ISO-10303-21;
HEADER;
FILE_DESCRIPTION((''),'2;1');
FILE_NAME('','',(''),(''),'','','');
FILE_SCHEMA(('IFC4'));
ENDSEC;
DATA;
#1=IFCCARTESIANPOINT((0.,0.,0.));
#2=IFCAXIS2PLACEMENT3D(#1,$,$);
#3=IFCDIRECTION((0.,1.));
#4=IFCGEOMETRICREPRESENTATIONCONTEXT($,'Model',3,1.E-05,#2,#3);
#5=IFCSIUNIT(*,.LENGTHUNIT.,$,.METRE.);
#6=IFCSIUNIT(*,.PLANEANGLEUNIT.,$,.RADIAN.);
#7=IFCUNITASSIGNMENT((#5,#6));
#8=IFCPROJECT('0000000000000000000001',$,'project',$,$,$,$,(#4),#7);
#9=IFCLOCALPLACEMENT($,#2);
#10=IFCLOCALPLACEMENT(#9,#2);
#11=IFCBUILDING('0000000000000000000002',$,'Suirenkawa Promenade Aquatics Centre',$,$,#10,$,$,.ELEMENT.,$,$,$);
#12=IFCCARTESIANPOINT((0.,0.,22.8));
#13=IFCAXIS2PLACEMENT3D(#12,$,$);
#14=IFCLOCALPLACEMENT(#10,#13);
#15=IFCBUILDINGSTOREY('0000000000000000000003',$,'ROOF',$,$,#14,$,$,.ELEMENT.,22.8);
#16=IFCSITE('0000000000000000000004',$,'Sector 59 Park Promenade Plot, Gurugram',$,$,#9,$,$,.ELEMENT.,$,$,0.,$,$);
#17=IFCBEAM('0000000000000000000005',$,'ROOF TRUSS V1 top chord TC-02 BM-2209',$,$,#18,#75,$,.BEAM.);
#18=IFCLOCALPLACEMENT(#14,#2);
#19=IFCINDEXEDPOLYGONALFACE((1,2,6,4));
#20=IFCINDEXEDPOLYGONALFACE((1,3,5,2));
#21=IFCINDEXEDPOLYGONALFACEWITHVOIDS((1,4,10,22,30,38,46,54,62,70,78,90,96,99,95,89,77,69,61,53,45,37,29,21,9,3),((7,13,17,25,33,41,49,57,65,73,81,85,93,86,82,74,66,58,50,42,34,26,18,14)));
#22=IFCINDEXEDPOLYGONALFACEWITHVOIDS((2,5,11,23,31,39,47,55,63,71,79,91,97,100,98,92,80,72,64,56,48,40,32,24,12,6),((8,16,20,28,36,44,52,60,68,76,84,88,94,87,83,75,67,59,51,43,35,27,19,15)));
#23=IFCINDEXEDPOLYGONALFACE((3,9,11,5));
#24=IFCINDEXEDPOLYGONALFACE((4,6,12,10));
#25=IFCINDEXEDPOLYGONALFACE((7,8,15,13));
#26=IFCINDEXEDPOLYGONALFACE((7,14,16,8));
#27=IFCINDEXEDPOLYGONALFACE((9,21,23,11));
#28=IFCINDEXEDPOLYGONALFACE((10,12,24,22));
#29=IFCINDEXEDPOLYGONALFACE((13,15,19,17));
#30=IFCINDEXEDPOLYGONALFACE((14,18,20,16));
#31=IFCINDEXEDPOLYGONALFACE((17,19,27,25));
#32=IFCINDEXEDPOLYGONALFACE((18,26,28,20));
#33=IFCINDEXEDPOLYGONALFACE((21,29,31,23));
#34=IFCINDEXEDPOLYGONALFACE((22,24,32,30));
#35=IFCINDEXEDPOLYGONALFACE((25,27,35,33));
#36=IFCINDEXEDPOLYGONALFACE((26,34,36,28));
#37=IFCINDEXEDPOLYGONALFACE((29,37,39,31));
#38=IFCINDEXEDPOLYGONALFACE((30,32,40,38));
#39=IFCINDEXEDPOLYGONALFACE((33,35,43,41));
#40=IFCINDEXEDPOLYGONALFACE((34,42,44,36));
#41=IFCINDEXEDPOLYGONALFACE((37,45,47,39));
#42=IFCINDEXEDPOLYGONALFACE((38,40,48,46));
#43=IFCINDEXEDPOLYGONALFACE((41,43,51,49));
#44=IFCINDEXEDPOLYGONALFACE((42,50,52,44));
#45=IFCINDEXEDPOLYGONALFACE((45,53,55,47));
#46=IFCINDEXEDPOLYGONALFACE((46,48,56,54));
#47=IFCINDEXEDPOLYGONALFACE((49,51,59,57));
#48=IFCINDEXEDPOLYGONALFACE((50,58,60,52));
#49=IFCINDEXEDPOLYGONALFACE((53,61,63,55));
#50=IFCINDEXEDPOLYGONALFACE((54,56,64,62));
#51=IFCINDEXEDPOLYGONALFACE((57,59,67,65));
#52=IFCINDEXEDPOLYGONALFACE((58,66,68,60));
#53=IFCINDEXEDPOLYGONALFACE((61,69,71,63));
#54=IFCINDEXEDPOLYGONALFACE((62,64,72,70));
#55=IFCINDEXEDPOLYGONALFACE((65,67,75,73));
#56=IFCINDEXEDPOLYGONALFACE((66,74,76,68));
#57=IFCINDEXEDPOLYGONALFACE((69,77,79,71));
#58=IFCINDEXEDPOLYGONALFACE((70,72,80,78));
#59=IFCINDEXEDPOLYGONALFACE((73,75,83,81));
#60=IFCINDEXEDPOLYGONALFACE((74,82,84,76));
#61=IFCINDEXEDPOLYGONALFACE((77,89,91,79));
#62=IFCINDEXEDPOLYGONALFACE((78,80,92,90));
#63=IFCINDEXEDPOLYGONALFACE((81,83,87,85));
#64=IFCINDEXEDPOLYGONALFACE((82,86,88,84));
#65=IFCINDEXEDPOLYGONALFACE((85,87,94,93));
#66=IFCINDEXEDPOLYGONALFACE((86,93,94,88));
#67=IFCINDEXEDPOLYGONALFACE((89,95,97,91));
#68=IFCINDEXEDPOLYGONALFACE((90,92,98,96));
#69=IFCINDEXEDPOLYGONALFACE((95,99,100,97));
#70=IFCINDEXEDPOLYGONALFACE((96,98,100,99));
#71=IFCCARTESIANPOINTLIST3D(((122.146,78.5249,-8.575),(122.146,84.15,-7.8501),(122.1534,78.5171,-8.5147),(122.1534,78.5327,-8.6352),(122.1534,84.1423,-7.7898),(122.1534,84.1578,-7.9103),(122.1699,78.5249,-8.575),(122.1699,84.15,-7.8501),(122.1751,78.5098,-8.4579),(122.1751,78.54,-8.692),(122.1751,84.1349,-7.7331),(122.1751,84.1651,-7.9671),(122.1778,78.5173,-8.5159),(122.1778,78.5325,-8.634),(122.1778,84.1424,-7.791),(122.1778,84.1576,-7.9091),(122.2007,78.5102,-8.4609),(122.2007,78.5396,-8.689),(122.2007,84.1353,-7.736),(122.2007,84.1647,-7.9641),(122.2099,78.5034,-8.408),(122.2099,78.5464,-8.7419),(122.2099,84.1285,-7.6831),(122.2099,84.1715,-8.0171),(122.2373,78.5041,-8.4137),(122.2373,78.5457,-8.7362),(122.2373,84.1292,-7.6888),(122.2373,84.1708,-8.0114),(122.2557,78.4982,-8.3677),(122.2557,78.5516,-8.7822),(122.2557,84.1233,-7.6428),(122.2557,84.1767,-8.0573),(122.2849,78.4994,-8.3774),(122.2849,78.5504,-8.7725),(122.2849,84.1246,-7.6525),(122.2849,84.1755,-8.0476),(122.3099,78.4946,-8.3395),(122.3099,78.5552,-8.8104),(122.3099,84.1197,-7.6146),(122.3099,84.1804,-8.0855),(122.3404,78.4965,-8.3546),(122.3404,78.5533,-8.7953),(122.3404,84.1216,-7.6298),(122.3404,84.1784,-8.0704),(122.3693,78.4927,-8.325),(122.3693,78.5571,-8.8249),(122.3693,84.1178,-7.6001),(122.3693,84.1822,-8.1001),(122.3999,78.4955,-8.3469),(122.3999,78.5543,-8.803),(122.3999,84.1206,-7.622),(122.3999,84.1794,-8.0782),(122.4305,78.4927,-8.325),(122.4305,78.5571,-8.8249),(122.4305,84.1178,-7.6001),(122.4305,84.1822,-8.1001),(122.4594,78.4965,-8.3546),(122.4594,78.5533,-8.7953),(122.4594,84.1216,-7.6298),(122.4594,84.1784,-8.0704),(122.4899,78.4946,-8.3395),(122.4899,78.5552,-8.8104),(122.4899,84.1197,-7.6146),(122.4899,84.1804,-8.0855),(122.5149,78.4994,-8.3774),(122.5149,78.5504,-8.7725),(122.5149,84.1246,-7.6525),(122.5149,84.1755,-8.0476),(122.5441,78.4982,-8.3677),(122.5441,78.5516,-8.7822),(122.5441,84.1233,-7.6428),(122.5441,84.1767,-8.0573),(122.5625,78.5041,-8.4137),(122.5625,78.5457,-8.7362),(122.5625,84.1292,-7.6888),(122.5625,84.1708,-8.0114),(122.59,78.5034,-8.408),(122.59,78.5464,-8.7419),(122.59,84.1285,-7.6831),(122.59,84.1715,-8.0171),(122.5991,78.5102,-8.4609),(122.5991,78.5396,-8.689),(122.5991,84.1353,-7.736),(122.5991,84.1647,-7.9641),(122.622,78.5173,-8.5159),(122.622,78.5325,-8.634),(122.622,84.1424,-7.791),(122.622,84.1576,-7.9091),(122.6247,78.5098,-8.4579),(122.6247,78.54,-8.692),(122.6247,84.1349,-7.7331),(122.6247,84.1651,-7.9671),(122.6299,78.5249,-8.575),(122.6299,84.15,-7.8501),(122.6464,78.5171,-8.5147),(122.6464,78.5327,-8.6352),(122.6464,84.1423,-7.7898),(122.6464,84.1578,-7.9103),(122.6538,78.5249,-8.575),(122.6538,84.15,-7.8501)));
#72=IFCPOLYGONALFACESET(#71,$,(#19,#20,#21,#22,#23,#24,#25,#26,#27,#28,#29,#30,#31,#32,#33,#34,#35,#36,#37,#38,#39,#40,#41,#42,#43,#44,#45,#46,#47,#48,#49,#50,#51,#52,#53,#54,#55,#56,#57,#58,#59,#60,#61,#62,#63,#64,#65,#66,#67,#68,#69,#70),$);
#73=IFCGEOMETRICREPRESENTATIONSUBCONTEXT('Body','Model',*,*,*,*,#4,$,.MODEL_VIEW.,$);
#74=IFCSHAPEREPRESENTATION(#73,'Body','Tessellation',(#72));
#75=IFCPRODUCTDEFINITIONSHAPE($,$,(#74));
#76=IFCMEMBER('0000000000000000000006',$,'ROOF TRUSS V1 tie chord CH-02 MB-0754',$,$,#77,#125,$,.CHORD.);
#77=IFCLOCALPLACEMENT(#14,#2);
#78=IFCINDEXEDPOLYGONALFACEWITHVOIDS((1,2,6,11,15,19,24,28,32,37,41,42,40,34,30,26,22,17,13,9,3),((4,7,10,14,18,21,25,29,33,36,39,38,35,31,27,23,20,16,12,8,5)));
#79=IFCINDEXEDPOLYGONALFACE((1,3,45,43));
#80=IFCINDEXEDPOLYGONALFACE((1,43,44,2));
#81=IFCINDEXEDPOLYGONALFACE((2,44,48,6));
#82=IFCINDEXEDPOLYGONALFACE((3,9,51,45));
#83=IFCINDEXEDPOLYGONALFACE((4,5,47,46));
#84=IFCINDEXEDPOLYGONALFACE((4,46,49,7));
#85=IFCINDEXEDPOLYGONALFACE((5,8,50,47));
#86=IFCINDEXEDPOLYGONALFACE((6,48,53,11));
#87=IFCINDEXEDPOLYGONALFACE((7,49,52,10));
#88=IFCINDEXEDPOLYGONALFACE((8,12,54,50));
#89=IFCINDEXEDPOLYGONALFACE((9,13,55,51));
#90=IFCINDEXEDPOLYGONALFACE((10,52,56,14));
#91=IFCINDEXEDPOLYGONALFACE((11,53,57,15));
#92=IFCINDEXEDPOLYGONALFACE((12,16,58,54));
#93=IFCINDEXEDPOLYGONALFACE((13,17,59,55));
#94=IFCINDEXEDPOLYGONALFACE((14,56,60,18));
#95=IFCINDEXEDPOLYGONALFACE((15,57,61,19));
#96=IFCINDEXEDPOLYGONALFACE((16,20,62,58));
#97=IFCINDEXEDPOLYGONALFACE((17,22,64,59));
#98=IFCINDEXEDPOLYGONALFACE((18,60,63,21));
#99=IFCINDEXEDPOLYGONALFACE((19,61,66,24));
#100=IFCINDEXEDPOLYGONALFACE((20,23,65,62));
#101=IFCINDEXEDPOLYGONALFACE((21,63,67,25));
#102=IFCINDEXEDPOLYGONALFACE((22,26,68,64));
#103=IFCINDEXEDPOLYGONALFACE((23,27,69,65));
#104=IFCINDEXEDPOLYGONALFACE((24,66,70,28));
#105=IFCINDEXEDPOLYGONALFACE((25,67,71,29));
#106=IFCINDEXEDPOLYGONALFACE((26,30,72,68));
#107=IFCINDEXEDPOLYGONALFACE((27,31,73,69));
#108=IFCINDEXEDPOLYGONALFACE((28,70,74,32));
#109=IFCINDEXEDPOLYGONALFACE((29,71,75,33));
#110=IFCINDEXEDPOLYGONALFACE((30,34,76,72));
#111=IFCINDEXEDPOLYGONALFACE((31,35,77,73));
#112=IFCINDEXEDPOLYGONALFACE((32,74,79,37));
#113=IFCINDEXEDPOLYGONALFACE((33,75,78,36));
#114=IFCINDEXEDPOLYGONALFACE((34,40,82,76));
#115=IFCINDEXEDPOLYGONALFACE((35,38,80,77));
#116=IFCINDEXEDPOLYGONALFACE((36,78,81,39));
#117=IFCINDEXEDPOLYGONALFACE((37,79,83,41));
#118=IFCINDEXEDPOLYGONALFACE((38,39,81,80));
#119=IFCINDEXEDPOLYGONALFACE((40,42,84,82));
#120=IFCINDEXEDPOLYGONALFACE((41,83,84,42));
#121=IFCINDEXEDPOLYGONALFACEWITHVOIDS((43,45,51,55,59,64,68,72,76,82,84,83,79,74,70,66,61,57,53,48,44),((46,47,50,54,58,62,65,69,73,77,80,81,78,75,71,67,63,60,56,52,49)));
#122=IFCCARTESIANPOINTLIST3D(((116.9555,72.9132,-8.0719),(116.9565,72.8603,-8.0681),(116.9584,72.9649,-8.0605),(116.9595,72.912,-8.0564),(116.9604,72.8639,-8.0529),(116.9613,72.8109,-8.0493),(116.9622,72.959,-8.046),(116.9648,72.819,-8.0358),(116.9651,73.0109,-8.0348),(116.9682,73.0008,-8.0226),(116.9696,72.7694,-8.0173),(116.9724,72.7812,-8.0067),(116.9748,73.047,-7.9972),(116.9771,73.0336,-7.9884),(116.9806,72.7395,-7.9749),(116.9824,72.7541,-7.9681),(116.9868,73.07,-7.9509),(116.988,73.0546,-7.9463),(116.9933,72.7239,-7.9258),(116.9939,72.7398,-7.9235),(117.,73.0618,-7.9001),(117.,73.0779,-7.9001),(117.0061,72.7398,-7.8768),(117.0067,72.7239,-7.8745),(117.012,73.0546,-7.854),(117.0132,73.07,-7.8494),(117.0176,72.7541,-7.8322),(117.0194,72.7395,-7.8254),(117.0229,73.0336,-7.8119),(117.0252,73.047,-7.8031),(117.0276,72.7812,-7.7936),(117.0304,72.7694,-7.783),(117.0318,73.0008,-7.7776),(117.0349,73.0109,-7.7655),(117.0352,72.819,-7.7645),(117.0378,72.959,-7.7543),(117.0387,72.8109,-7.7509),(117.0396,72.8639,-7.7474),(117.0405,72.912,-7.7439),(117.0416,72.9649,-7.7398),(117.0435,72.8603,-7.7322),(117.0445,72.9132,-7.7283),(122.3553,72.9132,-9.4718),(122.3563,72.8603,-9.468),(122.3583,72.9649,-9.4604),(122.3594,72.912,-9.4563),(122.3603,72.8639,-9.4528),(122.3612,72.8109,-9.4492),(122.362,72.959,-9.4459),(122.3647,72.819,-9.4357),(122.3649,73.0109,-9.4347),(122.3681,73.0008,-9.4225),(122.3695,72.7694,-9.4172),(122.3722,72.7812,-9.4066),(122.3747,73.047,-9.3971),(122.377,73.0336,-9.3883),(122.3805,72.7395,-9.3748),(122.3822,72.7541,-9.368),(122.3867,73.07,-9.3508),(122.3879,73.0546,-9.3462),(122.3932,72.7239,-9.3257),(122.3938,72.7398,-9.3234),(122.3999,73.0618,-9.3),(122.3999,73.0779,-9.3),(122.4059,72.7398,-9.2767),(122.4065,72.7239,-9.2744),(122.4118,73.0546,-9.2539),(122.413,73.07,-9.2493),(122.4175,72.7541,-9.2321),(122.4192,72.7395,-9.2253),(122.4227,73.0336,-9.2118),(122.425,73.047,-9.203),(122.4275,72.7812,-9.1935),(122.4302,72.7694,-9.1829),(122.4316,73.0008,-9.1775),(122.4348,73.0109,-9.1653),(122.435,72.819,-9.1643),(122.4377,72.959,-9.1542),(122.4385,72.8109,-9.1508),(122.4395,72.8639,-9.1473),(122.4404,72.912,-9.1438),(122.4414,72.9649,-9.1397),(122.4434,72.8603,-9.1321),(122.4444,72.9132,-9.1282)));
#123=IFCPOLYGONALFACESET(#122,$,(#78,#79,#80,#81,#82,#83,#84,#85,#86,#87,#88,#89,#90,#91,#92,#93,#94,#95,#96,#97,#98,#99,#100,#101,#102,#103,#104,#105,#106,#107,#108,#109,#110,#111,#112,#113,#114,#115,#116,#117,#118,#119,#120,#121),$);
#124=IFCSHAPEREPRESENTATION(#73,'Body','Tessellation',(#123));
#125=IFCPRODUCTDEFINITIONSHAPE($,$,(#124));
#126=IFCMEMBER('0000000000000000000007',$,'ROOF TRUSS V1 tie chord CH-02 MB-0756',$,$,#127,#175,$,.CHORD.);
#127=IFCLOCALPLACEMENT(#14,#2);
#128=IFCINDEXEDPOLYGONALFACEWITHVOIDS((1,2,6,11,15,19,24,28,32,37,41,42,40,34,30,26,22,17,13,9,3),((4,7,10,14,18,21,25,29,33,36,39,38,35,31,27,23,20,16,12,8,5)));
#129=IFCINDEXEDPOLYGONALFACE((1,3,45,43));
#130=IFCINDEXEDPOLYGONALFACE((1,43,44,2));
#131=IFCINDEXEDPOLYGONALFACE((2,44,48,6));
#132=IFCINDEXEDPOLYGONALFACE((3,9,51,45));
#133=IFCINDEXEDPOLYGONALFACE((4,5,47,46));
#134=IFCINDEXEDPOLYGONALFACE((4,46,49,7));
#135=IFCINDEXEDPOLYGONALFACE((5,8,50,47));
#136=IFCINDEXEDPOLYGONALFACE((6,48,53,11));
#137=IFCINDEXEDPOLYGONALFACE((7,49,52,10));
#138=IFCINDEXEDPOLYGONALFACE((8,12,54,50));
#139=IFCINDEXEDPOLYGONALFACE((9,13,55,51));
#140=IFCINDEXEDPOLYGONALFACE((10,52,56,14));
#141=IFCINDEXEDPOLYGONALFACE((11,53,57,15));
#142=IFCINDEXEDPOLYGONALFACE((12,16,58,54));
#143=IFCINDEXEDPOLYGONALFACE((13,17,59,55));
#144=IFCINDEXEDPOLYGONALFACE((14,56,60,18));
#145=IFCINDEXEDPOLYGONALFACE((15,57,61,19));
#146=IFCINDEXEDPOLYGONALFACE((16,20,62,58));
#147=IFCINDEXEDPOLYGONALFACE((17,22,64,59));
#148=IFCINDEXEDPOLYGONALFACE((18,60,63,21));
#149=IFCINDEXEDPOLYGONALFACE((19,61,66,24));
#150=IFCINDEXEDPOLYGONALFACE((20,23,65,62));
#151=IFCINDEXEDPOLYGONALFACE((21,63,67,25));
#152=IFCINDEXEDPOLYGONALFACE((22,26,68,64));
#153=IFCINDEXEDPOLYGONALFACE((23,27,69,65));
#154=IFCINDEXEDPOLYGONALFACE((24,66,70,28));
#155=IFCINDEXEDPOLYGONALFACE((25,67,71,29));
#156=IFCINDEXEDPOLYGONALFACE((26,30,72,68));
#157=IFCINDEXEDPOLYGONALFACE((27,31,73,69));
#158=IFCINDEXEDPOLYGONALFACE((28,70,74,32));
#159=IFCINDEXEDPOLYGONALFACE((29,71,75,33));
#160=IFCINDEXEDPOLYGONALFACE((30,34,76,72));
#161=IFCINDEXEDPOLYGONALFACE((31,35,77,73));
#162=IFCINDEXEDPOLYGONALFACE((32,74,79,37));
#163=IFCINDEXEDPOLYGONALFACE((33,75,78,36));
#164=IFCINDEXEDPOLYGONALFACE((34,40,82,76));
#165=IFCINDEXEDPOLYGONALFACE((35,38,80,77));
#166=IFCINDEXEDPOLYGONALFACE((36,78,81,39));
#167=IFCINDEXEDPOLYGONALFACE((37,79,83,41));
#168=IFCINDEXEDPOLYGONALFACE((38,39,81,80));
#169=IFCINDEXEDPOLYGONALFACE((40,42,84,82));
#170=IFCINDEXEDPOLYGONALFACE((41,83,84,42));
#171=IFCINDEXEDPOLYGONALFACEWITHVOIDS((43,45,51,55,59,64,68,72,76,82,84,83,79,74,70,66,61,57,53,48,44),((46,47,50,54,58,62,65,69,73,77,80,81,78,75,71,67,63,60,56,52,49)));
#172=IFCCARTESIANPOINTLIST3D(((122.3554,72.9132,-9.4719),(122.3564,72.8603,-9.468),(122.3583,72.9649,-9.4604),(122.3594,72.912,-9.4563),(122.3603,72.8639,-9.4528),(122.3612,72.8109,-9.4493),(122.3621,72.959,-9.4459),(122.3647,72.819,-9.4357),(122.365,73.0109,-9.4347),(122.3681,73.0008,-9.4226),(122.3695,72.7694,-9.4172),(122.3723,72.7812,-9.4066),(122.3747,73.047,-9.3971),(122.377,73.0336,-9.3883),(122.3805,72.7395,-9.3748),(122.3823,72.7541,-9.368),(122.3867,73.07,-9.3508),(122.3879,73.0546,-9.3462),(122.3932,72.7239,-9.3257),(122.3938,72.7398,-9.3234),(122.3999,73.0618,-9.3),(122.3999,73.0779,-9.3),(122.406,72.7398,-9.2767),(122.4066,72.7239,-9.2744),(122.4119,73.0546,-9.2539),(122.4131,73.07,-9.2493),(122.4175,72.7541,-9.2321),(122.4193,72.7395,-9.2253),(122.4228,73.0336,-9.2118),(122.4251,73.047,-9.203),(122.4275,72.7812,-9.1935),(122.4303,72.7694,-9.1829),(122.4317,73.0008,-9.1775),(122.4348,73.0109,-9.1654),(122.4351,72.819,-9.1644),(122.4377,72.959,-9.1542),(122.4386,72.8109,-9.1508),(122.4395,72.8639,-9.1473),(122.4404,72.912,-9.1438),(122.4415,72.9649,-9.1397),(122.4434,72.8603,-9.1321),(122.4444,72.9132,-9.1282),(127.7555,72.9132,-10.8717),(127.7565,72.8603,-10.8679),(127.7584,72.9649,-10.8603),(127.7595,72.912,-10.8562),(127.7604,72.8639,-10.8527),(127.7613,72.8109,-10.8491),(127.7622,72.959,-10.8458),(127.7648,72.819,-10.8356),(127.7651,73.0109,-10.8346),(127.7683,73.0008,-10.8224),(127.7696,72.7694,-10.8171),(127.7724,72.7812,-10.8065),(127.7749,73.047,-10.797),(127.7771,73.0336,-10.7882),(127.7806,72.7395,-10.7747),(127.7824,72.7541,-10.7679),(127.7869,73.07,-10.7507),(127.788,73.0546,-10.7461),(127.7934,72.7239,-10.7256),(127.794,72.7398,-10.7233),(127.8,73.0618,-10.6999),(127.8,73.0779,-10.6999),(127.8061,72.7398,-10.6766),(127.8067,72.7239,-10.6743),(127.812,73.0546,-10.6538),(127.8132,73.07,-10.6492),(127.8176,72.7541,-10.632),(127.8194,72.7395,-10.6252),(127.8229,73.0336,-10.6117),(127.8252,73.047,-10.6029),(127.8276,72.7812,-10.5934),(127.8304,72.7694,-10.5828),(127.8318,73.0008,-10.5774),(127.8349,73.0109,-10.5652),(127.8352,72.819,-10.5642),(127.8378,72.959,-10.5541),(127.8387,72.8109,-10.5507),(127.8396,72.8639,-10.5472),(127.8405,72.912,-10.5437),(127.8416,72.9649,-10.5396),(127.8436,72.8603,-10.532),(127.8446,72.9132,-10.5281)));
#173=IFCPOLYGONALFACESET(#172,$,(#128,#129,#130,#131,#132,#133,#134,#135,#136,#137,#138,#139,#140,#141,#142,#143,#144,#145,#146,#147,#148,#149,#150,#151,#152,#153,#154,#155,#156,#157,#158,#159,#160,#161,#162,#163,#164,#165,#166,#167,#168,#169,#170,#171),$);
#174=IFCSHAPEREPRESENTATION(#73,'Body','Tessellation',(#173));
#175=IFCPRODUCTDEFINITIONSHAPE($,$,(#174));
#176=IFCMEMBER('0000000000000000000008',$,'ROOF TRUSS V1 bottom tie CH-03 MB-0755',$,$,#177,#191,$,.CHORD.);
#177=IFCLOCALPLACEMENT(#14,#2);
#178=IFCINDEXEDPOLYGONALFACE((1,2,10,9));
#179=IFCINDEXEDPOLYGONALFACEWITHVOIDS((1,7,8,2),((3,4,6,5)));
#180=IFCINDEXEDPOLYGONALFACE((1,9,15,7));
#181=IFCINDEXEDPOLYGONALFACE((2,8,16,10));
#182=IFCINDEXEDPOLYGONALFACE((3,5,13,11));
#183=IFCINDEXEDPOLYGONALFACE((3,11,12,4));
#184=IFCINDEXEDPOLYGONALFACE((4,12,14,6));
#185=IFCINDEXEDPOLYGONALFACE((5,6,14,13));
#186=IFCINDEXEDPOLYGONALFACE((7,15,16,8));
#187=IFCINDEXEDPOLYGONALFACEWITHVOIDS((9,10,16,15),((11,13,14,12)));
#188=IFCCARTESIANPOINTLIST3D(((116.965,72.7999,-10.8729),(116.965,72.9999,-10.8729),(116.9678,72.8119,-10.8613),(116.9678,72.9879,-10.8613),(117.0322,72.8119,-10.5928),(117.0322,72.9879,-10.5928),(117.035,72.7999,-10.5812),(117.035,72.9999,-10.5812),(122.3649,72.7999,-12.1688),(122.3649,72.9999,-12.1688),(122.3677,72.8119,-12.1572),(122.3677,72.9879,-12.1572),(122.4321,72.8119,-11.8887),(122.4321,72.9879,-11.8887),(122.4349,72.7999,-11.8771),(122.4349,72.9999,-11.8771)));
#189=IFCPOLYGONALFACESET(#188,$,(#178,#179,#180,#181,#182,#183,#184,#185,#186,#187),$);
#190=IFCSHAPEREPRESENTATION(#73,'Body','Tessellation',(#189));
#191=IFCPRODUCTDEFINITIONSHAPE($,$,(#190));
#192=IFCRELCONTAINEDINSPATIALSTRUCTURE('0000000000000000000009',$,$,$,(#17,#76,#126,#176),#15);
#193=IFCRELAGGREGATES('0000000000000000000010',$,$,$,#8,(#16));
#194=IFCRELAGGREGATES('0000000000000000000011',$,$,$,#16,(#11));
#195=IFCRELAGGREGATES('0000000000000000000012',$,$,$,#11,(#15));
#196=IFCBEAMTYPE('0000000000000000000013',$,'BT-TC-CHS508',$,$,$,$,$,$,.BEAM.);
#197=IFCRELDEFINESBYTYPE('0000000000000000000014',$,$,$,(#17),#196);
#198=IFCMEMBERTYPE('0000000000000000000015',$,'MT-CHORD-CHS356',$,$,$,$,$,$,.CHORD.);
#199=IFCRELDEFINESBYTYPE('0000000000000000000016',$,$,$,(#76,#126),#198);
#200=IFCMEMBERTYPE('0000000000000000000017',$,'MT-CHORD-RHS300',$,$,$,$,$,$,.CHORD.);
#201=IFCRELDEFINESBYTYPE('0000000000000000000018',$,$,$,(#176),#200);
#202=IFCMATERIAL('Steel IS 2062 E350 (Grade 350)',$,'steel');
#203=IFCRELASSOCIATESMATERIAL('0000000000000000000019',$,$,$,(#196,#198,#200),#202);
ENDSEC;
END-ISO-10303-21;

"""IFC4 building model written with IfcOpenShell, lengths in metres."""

from ifc_helpers import new_model, si_unit, direction, frame, origin, origin_2d, place, context, subcontext, project, spatial, hollow_rectangle, hollow_circle, extrude, material, material_profile, profile_set, type_object, element, save


model = new_model("IFC4")

# Units and contexts
model_context = context("Model", 3, precision=1e-05, world=origin(), true_north=direction((0.0, 1.0)))
body_context = subcontext(model_context, "Body", "Model", "MODEL_VIEW")
ifc_project = project(units=[si_unit("LENGTHUNIT", "METRE"), si_unit("PLANEANGLEUNIT", "RADIAN")], contexts=[model_context])

# Site, building, storey
site_placement = place(None, origin())
site = spatial("IfcSite", under=ifc_project, at=site_placement, Name="Sector 59 Park Promenade Plot, Gurugram", CompositionType="ELEMENT", RefElevation=0.0)
building_placement = place(site_placement, origin())
building = spatial("IfcBuilding", under=site, at=building_placement, Name="Suirenkawa Promenade Aquatics Centre", CompositionType="ELEMENT")
storey_placement = place(building_placement, frame((0.0, 0.0, 22.8)))
storey = spatial("IfcBuildingStorey", under=building, at=storey_placement, Name="ROOF", CompositionType="ELEMENT", Elevation=22.8)

# Beam
ifc_material = material(Name="Steel IS 2062 E350 (Grade 350)", Category="steel")
ifc_material_profile_1 = material_profile(ifc_material, hollow_circle(Radius=0.2539, WallThickness=0.0239, at=origin_2d()), Name="CHS 508x24", Category="steel")
ifc_profile_set_1 = profile_set([ifc_material_profile_1], Name="Steel IS 2062 E350 (Grade 350)")
beam_type_1 = type_object("IfcBeamType", Name="BT-TC-CHS508", PredefinedType="BEAM", material=ifc_profile_set_1)
for number, where, z_axis, x_axis, name in (
    (1, (122.3999, 78.5249, -8.575), (0.0, 0.991799, 0.127806), (-1.0, 0.0, 0.0), "ROOF TRUSS V1 top chord TC-02 BM-2209"),
):
    element("IfcBeam", number, at=place(storey_placement, frame(where, z_axis=z_axis, x_axis=x_axis)), inside=storey, type_object=beam_type_1, Name=name, PredefinedType="BEAM", context=body_context, shape_type="SweptSolid", body=[
        extrude(hollow_circle(Radius=0.2539, WallThickness=0.0239, at=origin_2d()), origin(), (0.0, 0.0, 1.0), 5.6716),
    ])

# Members
ifc_material_profile_2 = material_profile(ifc_material, hollow_circle(Radius=0.178, WallThickness=0.0161, at=origin_2d()), Name="CHS 356x16", Category="steel")
ifc_profile_set_2 = profile_set([ifc_material_profile_2], Name="Steel IS 2062 E350 (Grade 350)")
member_type_1 = type_object("IfcMemberType", Name="MT-CHORD-CHS356", PredefinedType="CHORD", material=ifc_profile_set_2)
member_1_placement = place(storey_placement, frame((117.0, 72.8999, -7.9001), z_axis=(0.968, 0.0, -0.25095), x_axis=(0.0, 1.0, 0.0)))
element("IfcMember", 2, at=member_1_placement, inside=storey, type_object=member_type_1, Name="ROOF TRUSS V1 tie chord CH-02 MB-0754", PredefinedType="CHORD", context=body_context, shape_type="SweptSolid", body=[
    extrude(hollow_circle(Radius=0.178, WallThickness=0.0161, at=origin_2d()), origin(), (0.0, 0.0, 1.0), 5.5784),
])
member_2_placement = place(storey_placement, frame((122.3999, 72.8999, -9.3), z_axis=(0.968003, 0.0, -0.250939), x_axis=(0.0, 1.0, 0.0)))
element("IfcMember", 3, at=member_2_placement, inside=storey, type_object=member_type_1, Name="ROOF TRUSS V1 tie chord CH-02 MB-0756", PredefinedType="CHORD", context=body_context, shape_type="SweptSolid", body=[
    extrude(hollow_circle(Radius=0.178, WallThickness=0.0161, at=origin_2d()), origin(), (0.0, 0.0, 1.0), 5.5786),
])
ifc_material_profile_3 = material_profile(ifc_material, hollow_rectangle(XDim=0.2, YDim=0.3, WallThickness=0.012, at=origin_2d()), Name="RHS 300x200x12", Category="steel")
ifc_profile_set_3 = profile_set([ifc_material_profile_3], Name="Steel IS 2062 E350 (Grade 350)")
member_type_2 = type_object("IfcMemberType", Name="MT-CHORD-RHS300", PredefinedType="CHORD", material=ifc_profile_set_3)
member_3_placement = place(storey_placement, frame((117.0, 72.8999, -10.7271), z_axis=(0.97239, 0.0, -0.23336), x_axis=(0.0, 1.0, 0.0)))
element("IfcMember", 4, at=member_3_placement, inside=storey, type_object=member_type_2, Name="ROOF TRUSS V1 bottom tie CH-03 MB-0755", PredefinedType="CHORD", context=body_context, shape_type="SweptSolid", body=[
    extrude(hollow_rectangle(XDim=0.2, YDim=0.3, WallThickness=0.012, at=origin_2d()), origin(), (0.0, 0.0, 1.0), 5.5532),
])

save(model, "model.ifc")
